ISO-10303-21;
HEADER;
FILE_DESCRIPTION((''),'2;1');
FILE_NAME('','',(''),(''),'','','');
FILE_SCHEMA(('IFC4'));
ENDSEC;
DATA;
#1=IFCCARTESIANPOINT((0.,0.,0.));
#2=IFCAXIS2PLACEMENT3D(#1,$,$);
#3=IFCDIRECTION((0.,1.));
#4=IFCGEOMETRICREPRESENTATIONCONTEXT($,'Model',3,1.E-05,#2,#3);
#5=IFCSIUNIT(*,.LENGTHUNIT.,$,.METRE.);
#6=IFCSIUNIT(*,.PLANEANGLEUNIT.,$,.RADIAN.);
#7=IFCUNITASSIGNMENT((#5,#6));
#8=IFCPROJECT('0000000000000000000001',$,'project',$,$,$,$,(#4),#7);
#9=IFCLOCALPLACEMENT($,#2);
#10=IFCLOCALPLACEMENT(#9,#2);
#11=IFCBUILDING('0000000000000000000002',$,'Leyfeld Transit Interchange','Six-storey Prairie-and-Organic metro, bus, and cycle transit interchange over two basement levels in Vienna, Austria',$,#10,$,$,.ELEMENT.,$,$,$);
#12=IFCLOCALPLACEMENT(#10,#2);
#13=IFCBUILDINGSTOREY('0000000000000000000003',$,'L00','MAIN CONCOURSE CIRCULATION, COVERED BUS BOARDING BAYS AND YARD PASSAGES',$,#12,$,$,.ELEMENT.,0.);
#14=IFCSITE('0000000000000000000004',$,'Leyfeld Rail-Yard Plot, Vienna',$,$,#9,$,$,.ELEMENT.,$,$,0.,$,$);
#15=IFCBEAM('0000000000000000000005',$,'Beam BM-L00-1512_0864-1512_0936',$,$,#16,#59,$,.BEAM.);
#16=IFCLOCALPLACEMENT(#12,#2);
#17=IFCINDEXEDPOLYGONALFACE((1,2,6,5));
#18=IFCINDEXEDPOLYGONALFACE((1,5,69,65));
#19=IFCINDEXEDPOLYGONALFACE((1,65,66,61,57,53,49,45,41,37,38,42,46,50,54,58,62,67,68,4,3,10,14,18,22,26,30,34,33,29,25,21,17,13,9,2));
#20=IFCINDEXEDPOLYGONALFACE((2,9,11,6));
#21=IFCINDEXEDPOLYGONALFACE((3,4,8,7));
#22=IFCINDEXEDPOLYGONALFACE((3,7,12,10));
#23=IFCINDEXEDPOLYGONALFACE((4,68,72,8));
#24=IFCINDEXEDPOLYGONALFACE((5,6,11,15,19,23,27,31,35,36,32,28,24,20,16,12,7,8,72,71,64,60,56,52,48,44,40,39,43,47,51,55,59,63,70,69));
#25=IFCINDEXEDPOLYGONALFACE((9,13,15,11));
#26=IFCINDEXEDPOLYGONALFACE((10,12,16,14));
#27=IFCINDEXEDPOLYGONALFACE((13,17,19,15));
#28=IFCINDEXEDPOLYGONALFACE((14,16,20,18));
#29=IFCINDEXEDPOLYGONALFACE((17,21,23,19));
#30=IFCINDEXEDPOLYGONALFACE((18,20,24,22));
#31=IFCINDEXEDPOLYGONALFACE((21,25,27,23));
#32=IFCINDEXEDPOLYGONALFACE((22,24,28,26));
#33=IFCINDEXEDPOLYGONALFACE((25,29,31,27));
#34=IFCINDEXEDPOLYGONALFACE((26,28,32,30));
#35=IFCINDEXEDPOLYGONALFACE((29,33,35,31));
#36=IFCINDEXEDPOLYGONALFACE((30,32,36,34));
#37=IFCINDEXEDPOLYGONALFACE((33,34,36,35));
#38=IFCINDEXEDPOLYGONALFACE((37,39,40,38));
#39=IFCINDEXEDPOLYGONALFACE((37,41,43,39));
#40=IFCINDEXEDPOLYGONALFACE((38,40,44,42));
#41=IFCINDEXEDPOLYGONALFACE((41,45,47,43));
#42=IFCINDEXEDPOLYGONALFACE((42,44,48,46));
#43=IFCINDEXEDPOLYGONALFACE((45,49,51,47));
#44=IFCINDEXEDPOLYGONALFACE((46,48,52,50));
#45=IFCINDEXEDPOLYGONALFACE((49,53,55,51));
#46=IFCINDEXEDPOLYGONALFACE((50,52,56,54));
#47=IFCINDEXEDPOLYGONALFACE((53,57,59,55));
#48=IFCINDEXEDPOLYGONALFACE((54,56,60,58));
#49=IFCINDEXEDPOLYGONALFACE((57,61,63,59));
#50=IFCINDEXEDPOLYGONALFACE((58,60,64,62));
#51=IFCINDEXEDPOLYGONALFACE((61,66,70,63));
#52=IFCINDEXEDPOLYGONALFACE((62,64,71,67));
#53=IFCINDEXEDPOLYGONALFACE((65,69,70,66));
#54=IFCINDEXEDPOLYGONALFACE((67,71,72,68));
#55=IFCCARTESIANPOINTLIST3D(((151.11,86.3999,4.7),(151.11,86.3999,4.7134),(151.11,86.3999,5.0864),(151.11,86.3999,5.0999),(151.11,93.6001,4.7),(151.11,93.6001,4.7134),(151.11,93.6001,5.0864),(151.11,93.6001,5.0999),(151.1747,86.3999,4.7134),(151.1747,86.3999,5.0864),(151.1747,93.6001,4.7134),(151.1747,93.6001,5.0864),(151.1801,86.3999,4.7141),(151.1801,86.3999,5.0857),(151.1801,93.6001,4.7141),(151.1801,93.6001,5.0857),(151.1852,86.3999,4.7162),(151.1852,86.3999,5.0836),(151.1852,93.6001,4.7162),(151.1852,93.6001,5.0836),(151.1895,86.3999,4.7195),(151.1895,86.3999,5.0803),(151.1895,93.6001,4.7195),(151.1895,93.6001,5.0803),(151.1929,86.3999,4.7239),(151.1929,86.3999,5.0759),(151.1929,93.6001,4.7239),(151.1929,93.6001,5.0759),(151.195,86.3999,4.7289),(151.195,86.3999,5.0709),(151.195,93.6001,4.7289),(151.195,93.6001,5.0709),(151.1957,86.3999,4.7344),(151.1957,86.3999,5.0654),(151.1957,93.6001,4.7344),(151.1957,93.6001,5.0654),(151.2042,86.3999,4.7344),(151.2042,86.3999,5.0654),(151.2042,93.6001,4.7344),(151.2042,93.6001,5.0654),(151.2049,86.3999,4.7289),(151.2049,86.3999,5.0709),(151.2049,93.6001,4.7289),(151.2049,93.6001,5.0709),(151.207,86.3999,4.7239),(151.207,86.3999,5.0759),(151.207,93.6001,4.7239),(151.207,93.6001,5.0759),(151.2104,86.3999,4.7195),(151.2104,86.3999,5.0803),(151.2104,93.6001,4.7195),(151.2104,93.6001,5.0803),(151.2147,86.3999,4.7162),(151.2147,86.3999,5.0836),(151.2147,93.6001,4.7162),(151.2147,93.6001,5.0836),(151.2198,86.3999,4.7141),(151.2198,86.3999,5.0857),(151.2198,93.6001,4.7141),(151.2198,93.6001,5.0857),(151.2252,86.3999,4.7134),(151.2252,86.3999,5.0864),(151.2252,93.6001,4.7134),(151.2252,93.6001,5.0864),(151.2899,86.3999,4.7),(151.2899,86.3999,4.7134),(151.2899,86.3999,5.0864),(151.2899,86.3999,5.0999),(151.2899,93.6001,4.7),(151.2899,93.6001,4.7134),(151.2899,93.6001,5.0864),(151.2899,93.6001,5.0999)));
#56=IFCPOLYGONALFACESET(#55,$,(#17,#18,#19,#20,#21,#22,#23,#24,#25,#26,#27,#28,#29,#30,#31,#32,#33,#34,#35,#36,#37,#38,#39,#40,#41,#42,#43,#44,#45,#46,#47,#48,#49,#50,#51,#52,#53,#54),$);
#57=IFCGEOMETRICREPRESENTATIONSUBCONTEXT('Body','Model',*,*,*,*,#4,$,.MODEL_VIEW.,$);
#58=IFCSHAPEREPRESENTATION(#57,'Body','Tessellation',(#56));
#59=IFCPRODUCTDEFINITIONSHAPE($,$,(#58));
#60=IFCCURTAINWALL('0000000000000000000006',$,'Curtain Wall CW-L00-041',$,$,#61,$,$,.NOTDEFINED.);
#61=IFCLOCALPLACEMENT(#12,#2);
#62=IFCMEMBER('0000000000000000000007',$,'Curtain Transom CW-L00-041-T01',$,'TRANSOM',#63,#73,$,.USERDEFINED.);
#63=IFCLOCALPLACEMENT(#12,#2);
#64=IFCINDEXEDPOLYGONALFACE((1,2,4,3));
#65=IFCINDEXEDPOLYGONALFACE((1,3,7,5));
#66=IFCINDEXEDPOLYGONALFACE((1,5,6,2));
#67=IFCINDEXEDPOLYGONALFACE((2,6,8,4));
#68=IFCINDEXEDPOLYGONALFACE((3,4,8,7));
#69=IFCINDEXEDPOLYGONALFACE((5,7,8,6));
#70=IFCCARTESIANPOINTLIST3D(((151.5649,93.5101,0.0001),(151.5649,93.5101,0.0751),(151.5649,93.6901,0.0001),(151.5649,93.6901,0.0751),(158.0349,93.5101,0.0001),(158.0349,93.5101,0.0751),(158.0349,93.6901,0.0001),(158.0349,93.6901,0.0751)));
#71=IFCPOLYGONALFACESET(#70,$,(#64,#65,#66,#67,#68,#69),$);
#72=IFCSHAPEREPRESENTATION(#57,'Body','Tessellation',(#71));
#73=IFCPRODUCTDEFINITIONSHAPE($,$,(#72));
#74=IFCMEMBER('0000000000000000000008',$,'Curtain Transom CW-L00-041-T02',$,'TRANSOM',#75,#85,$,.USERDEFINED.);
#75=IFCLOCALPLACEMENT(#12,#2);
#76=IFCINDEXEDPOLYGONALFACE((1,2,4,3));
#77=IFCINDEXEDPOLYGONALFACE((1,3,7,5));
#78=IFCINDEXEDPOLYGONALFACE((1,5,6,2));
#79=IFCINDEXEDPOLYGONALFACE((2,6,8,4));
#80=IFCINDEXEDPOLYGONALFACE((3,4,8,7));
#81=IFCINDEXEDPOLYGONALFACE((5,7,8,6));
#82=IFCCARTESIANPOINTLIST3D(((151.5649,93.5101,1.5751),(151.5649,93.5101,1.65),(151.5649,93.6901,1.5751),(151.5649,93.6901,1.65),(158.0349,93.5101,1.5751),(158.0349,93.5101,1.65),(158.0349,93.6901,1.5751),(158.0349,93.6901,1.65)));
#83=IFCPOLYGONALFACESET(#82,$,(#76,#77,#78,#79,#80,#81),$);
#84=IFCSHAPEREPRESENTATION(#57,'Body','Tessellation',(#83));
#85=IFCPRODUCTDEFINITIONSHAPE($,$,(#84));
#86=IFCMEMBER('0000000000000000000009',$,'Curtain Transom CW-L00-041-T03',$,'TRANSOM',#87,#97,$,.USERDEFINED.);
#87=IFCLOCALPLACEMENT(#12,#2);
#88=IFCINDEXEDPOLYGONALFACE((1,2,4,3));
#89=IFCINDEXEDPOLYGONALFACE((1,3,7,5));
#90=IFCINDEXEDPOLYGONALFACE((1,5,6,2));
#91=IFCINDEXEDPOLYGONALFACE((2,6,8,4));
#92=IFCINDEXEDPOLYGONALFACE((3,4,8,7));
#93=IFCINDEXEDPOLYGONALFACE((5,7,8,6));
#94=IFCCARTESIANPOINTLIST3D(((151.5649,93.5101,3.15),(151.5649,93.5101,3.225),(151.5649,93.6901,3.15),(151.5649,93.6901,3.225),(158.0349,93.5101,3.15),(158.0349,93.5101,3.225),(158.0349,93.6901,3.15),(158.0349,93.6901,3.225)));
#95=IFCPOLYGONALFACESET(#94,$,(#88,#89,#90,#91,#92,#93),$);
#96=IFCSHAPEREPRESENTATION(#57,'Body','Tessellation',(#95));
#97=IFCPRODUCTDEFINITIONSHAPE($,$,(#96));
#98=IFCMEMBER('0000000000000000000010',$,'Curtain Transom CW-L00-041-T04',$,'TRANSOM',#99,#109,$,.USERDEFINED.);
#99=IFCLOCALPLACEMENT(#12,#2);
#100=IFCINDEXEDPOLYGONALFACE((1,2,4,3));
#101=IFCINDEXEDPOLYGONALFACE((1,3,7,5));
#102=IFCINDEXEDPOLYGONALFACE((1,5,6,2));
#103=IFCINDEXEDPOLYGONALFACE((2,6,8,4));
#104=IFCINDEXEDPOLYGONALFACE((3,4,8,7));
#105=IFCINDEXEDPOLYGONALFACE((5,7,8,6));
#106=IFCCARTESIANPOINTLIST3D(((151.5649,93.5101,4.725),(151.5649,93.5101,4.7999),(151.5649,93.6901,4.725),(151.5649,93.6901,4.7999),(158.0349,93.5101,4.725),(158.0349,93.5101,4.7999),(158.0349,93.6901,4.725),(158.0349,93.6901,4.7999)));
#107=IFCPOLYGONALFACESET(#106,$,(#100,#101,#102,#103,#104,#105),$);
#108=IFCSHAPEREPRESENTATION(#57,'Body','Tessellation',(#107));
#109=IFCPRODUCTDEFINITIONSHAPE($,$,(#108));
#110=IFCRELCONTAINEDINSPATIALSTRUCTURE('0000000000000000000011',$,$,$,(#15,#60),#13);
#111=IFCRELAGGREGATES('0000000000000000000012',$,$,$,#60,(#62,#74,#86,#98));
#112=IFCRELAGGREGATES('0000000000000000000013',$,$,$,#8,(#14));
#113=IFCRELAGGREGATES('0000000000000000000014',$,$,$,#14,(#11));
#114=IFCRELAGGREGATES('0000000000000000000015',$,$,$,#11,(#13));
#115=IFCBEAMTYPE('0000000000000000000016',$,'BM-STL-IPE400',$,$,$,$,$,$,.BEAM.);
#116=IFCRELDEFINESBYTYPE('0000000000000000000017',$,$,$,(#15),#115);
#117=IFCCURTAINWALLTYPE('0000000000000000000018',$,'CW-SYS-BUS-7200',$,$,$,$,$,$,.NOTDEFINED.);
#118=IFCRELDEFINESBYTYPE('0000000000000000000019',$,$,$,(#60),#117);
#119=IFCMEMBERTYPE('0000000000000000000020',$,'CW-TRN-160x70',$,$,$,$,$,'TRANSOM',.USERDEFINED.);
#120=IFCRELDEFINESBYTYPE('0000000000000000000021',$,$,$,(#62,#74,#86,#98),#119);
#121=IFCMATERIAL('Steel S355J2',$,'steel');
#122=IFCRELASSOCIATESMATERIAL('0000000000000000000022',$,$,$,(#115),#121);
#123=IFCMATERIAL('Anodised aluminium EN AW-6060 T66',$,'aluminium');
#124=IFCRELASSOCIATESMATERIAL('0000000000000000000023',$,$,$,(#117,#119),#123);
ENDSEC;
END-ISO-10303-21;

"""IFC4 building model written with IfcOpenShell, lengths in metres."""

from ifc_helpers import new_model, si_unit, direction, frame, origin, origin_2d, place, context, subcontext, project, spatial, rectangle, i_section, extrude, material, material_profile, profile_set, type_object, element, aggregate, save


model = new_model("IFC4")

# Units and contexts
model_context = context("Model", 3, precision=1e-05, world=origin(), true_north=direction((0.0, 1.0)))
body_context = subcontext(model_context, "Body", "Model", "MODEL_VIEW")
ifc_project = project(units=[si_unit("LENGTHUNIT", "METRE"), si_unit("PLANEANGLEUNIT", "RADIAN")], contexts=[model_context])

# Site, building, storey
site_placement = place(None, origin())
site = spatial("IfcSite", under=ifc_project, at=site_placement, Name="Leyfeld Rail-Yard Plot, Vienna", CompositionType="ELEMENT", RefElevation=0.0)
building_placement = place(site_placement, origin())
building = spatial("IfcBuilding", under=site, at=building_placement, Name="Leyfeld Transit Interchange", Description="Six-storey Prairie-and-Organic metro, bus, and cycle transit interchange over two basement levels in Vienna, Austria", CompositionType="ELEMENT")
storey_placement = place(building_placement, origin())
storey = spatial("IfcBuildingStorey", under=building, at=storey_placement, Name="L00", Description="MAIN CONCOURSE CIRCULATION, COVERED BUS BOARDING BAYS AND YARD PASSAGES", CompositionType="ELEMENT", Elevation=0.0)

# Beam
ifc_material_1 = material(Name="Steel S355J2", Category="steel")
ifc_material_profile_1 = material_profile(ifc_material_1, i_section(OverallWidth=0.1799, OverallDepth=0.3999, WebThickness=0.0085, FlangeThickness=0.0134, FilletRadius=0.021, at=origin_2d()), Name="IPE 400")
ifc_profile_set_1 = profile_set([ifc_material_profile_1], Name="Steel S355J2")
beam_type_1 = type_object("IfcBeamType", Name="BM-STL-IPE400", PredefinedType="BEAM", material=ifc_profile_set_1)
beam_1_placement = place(storey_placement, frame((151.2, 86.3999, 4.8999), z_axis=(0.0, 1.0, 0.0), x_axis=(-1.0, 0.0, 0.0)))
element("IfcBeam", 1, at=beam_1_placement, inside=storey, type_object=beam_type_1, Name="Beam BM-L00-1512_0864-1512_0936", PredefinedType="BEAM", context=body_context, shape_type="SweptSolid", body=[
    extrude(i_section(OverallWidth=0.1799, OverallDepth=0.3999, WebThickness=0.0085, FlangeThickness=0.0134, FilletRadius=0.021, at=origin_2d()), origin(), (0.0, 0.0, 1.0), 7.2002),
])

# Curtain wall, members
ifc_material_2 = material(Name="Anodised aluminium EN AW-6060 T66", Category="aluminium")
curtain_wall_type = type_object("IfcCurtainWallType", Name="CW-SYS-BUS-7200", PredefinedType="NOTDEFINED", material=ifc_material_2)
curtain_wall_placement = place(storey_placement, origin())
curtain_wall = element("IfcCurtainWall", 2, at=curtain_wall_placement, inside=storey, type_object=curtain_wall_type, Name="Curtain Wall CW-L00-041", PredefinedType="NOTDEFINED")
ifc_material_profile_2 = material_profile(ifc_material_2, rectangle(XDim=0.1799, YDim=0.075, at=origin_2d()), Name="CW-TRN-160x70")
ifc_profile_set_2 = profile_set([ifc_material_profile_2], Name="Anodised aluminium EN AW-6060 T66")
member_type = type_object("IfcMemberType", Name="CW-TRN-160x70", ElementType="TRANSOM", PredefinedType="USERDEFINED", material=ifc_profile_set_2)
member_1_placement = place(storey_placement, frame((151.5649, 93.6001, 0.0376), z_axis=(1.0, 0.0, 0.0), x_axis=(0.0, 1.0, 0.0)))
member_1 = element("IfcMember", 3, at=member_1_placement, type_object=member_type, Name="Curtain Transom CW-L00-041-T01", ObjectType="TRANSOM", PredefinedType="USERDEFINED", context=body_context, shape_type="SweptSolid", body=[
    extrude(rectangle(XDim=0.1799, YDim=0.075, at=origin_2d()), origin(), (0.0, 0.0, 1.0), 6.47),
])
member_2_placement = place(storey_placement, frame((151.5649, 93.6001, 1.6125), z_axis=(1.0, 0.0, 0.0), x_axis=(0.0, 1.0, 0.0)))
member_2 = element("IfcMember", 4, at=member_2_placement, type_object=member_type, Name="Curtain Transom CW-L00-041-T02", ObjectType="TRANSOM", PredefinedType="USERDEFINED", context=body_context, shape_type="SweptSolid", body=[
    extrude(rectangle(XDim=0.1799, YDim=0.075, at=origin_2d()), origin(), (0.0, 0.0, 1.0), 6.47),
])
member_3_placement = place(storey_placement, frame((151.5649, 93.6001, 3.1875), z_axis=(1.0, 0.0, 0.0), x_axis=(0.0, 1.0, 0.0)))
member_3 = element("IfcMember", 5, at=member_3_placement, type_object=member_type, Name="Curtain Transom CW-L00-041-T03", ObjectType="TRANSOM", PredefinedType="USERDEFINED", context=body_context, shape_type="SweptSolid", body=[
    extrude(rectangle(XDim=0.1799, YDim=0.075, at=origin_2d()), origin(), (0.0, 0.0, 1.0), 6.47),
])
member_4_placement = place(storey_placement, frame((151.5649, 93.6001, 4.7625), z_axis=(1.0, 0.0, 0.0), x_axis=(0.0, 1.0, 0.0)))
member_4 = element("IfcMember", 6, at=member_4_placement, type_object=member_type, Name="Curtain Transom CW-L00-041-T04", ObjectType="TRANSOM", PredefinedType="USERDEFINED", context=body_context, shape_type="SweptSolid", body=[
    extrude(rectangle(XDim=0.1799, YDim=0.075, at=origin_2d()), origin(), (0.0, 0.0, 1.0), 6.47),
])
aggregate(curtain_wall, [member_1, member_2, member_3, member_4])

save(model, "model.ifc")
